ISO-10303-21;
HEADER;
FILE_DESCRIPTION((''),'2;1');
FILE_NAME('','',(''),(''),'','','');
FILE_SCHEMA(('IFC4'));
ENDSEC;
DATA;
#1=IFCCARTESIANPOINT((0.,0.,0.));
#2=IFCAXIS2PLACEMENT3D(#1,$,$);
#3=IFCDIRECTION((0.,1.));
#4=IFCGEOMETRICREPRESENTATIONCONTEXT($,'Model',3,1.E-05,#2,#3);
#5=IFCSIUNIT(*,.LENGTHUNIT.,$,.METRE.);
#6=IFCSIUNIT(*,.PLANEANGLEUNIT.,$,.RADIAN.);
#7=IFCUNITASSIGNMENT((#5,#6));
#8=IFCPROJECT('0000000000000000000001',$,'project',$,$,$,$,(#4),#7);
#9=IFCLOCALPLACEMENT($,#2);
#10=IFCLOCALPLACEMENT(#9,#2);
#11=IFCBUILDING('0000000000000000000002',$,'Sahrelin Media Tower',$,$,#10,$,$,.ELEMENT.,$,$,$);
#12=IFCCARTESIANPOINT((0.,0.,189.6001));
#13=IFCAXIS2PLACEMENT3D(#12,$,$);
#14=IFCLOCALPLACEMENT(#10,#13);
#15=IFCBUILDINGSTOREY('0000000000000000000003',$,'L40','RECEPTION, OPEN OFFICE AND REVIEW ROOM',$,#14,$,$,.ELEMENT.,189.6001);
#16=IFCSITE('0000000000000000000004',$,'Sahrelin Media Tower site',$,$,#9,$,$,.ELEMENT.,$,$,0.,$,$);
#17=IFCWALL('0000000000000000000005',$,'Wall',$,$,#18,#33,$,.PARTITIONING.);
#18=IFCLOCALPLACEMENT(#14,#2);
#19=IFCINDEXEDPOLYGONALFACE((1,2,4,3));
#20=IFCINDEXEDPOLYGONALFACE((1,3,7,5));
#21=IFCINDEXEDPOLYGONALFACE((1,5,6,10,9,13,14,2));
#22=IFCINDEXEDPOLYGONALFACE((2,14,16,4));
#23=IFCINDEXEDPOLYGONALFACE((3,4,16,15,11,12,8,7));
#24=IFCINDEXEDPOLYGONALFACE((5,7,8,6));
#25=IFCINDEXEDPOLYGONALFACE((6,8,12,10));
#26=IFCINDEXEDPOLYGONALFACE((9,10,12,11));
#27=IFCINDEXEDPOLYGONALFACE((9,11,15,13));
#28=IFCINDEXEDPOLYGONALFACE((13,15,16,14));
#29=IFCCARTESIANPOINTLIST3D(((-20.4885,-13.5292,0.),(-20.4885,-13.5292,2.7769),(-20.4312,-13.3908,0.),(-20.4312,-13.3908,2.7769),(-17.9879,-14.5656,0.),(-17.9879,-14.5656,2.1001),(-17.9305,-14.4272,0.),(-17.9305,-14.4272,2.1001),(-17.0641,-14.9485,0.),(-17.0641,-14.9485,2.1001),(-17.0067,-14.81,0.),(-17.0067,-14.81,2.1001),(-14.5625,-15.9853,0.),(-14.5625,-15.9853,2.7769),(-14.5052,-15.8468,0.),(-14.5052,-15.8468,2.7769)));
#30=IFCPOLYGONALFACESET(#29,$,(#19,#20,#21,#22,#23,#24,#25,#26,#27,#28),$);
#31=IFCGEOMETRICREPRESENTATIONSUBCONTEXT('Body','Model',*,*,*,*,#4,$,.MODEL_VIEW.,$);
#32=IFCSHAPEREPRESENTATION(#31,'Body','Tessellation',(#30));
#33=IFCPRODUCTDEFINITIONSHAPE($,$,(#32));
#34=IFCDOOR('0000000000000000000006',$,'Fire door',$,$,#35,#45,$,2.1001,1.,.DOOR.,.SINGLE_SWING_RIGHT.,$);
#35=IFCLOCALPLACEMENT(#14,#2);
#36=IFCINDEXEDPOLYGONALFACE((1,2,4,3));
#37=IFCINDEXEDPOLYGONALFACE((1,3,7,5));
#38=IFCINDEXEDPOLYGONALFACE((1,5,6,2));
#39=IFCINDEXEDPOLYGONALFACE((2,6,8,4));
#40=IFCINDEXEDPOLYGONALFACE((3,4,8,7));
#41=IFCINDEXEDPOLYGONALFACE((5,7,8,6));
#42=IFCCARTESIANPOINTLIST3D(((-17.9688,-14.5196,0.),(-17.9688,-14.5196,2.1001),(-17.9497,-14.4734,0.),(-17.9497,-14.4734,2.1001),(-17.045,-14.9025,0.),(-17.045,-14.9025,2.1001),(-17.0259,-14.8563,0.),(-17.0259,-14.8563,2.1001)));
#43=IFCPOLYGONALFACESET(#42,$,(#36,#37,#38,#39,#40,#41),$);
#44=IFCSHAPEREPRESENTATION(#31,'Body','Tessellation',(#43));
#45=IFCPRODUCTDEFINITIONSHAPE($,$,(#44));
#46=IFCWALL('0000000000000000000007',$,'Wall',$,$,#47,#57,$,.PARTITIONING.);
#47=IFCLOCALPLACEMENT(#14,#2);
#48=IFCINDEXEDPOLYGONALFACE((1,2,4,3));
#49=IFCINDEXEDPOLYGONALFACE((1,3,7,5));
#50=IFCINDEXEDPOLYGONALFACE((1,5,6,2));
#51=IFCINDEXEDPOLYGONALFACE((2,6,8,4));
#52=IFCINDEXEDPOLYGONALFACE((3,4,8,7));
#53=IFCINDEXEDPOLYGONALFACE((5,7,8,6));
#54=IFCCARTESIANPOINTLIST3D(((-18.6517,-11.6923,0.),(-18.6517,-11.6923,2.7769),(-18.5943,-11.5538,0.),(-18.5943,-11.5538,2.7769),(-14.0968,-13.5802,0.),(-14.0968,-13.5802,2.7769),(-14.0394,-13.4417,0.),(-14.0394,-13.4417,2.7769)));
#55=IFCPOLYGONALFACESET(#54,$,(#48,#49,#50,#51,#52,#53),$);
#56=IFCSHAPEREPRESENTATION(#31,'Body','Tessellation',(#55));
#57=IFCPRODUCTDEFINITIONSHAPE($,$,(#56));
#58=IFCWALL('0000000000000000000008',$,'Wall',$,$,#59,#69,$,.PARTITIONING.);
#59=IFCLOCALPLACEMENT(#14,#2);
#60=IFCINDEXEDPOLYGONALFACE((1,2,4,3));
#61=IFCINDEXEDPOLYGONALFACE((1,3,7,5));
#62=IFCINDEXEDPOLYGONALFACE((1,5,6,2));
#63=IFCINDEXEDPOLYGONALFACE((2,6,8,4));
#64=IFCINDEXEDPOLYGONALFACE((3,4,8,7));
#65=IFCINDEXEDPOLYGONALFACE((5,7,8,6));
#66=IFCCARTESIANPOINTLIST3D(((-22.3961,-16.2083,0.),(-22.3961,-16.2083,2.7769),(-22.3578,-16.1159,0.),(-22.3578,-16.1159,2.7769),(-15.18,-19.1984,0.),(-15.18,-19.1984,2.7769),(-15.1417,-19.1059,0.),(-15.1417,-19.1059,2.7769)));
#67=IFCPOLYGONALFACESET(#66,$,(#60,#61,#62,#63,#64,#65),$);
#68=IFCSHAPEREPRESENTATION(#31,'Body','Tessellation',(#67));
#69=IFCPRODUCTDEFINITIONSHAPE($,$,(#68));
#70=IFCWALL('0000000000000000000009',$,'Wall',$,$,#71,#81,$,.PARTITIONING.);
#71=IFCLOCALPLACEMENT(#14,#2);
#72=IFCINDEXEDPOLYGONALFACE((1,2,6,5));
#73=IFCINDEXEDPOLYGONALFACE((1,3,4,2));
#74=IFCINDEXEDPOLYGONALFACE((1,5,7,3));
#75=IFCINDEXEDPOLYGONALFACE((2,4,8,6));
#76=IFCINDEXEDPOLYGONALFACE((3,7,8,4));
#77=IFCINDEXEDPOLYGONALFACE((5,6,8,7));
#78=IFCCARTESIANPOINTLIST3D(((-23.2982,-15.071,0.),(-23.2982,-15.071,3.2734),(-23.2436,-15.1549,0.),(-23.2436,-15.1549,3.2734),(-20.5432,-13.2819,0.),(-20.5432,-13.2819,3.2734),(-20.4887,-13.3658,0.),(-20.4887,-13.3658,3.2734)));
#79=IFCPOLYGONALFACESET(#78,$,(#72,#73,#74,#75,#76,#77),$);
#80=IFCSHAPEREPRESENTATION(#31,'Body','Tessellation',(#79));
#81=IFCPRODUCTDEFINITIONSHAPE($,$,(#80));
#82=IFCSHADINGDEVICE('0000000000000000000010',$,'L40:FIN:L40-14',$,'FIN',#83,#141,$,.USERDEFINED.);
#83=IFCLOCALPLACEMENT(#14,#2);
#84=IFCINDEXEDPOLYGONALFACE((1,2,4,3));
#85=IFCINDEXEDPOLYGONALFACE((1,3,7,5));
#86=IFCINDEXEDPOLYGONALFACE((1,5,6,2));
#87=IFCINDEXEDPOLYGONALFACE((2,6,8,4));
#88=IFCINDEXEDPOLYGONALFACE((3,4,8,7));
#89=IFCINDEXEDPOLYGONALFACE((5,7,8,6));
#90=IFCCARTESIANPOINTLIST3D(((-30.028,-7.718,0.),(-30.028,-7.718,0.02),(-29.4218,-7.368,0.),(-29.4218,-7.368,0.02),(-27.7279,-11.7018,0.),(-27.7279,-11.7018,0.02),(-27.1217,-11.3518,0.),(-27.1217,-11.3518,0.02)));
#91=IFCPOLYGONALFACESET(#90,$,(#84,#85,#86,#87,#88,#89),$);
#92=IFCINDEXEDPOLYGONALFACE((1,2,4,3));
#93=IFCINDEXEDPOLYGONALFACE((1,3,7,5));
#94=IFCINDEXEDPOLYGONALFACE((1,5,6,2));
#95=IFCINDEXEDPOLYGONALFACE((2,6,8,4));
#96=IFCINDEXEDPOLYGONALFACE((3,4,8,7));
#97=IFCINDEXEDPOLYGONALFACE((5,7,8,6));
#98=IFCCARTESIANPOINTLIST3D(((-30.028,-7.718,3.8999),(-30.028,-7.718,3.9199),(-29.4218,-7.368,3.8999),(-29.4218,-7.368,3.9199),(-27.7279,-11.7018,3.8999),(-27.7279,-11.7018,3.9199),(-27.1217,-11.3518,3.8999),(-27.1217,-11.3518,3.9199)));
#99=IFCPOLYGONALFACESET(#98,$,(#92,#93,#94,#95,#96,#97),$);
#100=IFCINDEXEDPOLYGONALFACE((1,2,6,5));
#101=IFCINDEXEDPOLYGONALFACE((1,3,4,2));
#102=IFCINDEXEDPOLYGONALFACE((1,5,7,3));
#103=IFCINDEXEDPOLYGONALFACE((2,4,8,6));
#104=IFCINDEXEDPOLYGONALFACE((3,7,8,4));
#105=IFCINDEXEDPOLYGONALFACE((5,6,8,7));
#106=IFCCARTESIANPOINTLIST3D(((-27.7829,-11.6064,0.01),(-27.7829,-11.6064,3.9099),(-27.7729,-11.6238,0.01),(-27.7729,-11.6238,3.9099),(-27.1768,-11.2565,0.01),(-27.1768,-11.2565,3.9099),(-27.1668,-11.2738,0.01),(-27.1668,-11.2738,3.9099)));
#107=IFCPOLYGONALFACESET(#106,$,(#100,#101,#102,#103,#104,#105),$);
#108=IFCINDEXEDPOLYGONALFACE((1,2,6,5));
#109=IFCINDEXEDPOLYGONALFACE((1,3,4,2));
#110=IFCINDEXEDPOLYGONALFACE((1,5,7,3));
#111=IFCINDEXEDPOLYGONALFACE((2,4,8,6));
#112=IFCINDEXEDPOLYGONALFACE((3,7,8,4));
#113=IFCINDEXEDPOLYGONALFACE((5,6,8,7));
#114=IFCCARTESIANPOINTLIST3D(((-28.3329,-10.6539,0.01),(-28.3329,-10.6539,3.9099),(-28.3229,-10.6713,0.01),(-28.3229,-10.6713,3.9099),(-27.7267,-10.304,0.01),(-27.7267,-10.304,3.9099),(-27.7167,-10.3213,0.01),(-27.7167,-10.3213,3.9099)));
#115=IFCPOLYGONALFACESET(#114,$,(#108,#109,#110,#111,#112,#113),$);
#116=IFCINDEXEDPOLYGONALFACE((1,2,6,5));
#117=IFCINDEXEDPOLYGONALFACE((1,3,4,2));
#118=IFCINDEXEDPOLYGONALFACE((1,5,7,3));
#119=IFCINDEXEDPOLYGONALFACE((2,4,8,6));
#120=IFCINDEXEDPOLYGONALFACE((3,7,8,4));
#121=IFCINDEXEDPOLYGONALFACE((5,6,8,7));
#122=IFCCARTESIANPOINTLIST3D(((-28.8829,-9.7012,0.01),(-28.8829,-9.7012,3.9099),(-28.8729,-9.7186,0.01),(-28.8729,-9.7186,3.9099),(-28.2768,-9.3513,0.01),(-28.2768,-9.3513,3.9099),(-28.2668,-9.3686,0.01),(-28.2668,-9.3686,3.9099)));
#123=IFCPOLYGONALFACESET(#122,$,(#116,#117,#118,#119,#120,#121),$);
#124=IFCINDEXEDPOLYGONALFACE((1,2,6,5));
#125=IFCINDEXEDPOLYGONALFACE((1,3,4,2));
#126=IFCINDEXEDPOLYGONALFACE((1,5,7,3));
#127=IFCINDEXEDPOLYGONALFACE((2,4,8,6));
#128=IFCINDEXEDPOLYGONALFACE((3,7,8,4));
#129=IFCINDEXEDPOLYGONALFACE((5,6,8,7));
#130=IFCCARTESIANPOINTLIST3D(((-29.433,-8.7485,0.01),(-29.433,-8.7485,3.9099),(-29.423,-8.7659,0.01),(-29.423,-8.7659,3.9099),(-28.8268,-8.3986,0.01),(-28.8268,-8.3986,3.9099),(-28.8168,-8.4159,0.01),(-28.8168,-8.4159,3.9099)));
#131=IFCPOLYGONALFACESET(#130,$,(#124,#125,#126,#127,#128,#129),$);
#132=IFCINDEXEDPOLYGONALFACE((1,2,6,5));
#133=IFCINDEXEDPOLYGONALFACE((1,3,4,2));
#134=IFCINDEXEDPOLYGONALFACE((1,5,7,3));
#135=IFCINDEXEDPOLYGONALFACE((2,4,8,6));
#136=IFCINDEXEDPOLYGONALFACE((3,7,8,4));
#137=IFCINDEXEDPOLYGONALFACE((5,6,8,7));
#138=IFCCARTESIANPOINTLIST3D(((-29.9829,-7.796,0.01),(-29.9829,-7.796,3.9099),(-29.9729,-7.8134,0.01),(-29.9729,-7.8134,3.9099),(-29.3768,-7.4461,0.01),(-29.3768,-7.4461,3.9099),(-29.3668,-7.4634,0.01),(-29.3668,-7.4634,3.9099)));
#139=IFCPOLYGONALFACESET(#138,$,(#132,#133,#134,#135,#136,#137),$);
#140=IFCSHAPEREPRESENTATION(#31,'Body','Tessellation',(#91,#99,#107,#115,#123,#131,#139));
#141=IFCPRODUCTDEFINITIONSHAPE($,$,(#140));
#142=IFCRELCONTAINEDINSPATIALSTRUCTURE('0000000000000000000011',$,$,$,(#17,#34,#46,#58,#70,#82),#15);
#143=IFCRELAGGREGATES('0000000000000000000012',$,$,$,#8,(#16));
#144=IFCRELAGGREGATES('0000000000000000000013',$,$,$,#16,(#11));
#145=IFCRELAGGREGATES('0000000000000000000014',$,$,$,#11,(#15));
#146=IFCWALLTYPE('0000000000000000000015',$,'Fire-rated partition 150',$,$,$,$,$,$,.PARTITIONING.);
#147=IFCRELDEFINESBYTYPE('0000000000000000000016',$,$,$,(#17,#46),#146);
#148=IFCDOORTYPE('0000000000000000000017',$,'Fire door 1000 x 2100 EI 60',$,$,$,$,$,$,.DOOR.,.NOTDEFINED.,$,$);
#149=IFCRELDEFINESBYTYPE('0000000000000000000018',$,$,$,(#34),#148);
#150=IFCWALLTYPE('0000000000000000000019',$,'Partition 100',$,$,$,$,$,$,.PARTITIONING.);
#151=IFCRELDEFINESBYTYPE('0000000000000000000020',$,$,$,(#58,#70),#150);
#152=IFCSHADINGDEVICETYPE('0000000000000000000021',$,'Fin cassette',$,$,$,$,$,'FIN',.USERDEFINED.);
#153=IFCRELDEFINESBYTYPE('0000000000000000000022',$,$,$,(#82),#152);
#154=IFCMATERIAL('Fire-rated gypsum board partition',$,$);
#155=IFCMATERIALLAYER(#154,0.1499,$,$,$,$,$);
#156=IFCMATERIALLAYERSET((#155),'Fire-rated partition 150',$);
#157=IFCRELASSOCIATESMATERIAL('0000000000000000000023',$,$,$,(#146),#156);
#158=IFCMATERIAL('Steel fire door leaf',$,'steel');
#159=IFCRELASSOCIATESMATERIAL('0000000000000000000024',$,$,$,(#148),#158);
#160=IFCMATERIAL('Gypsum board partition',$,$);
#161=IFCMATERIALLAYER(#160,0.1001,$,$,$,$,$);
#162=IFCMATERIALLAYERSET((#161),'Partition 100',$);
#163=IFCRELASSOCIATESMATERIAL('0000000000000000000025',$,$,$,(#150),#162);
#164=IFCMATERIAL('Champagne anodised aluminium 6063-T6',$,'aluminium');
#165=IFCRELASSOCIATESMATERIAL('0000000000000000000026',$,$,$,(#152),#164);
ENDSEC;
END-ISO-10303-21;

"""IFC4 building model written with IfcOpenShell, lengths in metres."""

from ifc_helpers import new_model, si_unit, direction, frame, frame_2d, origin, origin_2d, place, context, subcontext, project, spatial, rectangle, extrude, material, layer, layer_set, type_object, element, fill, save


model = new_model("IFC4")

# Units and contexts
model_context = context("Model", 3, precision=1e-05, world=origin(), true_north=direction((0.0, 1.0)))
body_context = subcontext(model_context, "Body", "Model", "MODEL_VIEW")
ifc_project = project(units=[si_unit("LENGTHUNIT", "METRE"), si_unit("PLANEANGLEUNIT", "RADIAN")], contexts=[model_context])

# Site, building, storey
site_placement = place(None, origin())
site = spatial("IfcSite", under=ifc_project, at=site_placement, Name="Sahrelin Media Tower site", CompositionType="ELEMENT", RefElevation=0.0)
building_placement = place(site_placement, origin())
building = spatial("IfcBuilding", under=site, at=building_placement, Name="Sahrelin Media Tower", CompositionType="ELEMENT")
storey_placement = place(building_placement, frame((0.0, 0.0, 189.6001)))
storey = spatial("IfcBuildingStorey", under=building, at=storey_placement, Name="L40", Description="RECEPTION, OPEN OFFICE AND REVIEW ROOM", CompositionType="ELEMENT", Elevation=189.6001)

# Shared definitions
ifc_material_1 = material(Name="Champagne anodised aluminium 6063-T6", Category="aluminium")

# Wall, opening, door
ifc_material_2 = material(Name="Fire-rated gypsum board partition")
ifc_layer_1 = layer(ifc_material_2, 0.1499)
ifc_layer_set_1 = layer_set([ifc_layer_1], Name="Fire-rated partition 150")
wall_type_1 = type_object("IfcWallType", Name="Fire-rated partition 150", PredefinedType="PARTITIONING", material=ifc_layer_set_1)
wall_1_placement = place(storey_placement, frame((-20.46, -13.46, 0.0), z_axis=(0.0, 0.0, 1.0), x_axis=(0.923802, -0.382872, 0.0)))
wall_1 = element("IfcWall", 1, at=wall_1_placement, inside=storey, type_object=wall_type_1, Name="Wall", PredefinedType="PARTITIONING", context=body_context, shape_type="SweptSolid", body=[
    extrude(rectangle(XDim=6.4148, YDim=0.1499, at=frame_2d((3.2075, 0.0))), origin(), (0.0, 0.0, 1.0), 2.7769),
])
opening_placement = place(wall_1_placement, frame((2.707, 0.0, 0.0)))
opening = element("IfcOpeningElement", 2, at=opening_placement, cuts=wall_1, PredefinedType="OPENING", context=body_context, shape_type="SweptSolid", body=[
    extrude(rectangle(XDim=1.0, YDim=2.1001, at=frame_2d((0.5, 1.05))), frame((0.0, 0.075, 0.0), z_axis=(0.0, -1.0, 0.0), x_axis=(1.0, 0.0, 0.0)), (0.0, 0.0, 1.0), 0.1499),
])
ifc_material_3 = material(Name="Steel fire door leaf", Category="steel")
door_type = type_object("IfcDoorType", Name="Fire door 1000 x 2100 EI 60", OperationType="NOTDEFINED", PredefinedType="DOOR", material=ifc_material_3)
door_placement = place(opening_placement, origin())
door = element("IfcDoor", 3, at=door_placement, inside=storey, type_object=door_type, Name="Fire door", OperationType="SINGLE_SWING_RIGHT", OverallHeight=2.1001, OverallWidth=1.0, PredefinedType="DOOR", context=body_context, shape_type="SweptSolid", body=[
    extrude(rectangle(XDim=1.0, YDim=2.1001, at=frame_2d((0.5, 1.05))), frame((0.0, 0.0249, 0.0), z_axis=(0.0, -1.0, 0.0), x_axis=(1.0, 0.0, 0.0)), (0.0, 0.0, 1.0), 0.05),
])
fill(opening, door)

# Walls
wall_2_placement = place(storey_placement, frame((-18.623, -11.623, 0.0), z_axis=(0.0, 0.0, 1.0), x_axis=(0.923792, -0.382895, 0.0)))
element("IfcWall", 4, at=wall_2_placement, inside=storey, type_object=wall_type_1, Name="Wall", PredefinedType="PARTITIONING", context=body_context, shape_type="SweptSolid", body=[
    extrude(rectangle(XDim=4.9307, YDim=0.1499, at=frame_2d((2.4653, 0.0))), origin(), (0.0, 0.0, 1.0), 2.7769),
])
ifc_material_4 = material(Name="Gypsum board partition")
ifc_layer_2 = layer(ifc_material_4, 0.1001)
ifc_layer_set_2 = layer_set([ifc_layer_2], Name="Partition 100")
wall_type_2 = type_object("IfcWallType", Name="Partition 100", PredefinedType="PARTITIONING", material=ifc_layer_set_2)
wall_3_placement = place(storey_placement, frame((-22.377, -16.1621, 0.0), z_axis=(0.0, 0.0, 1.0), x_axis=(0.923834, -0.382793, 0.0)))
element("IfcWall", 5, at=wall_3_placement, inside=storey, type_object=wall_type_2, Name="Wall", PredefinedType="PARTITIONING", context=body_context, shape_type="SweptSolid", body=[
    extrude(rectangle(XDim=7.811, YDim=0.1001, at=frame_2d((3.9055, 0.0))), origin(), (0.0, 0.0, 1.0), 2.7769),
])
wall_4_placement = place(storey_placement, frame((-23.271, -15.113, 0.0), z_axis=(0.0, 0.0, 1.0), x_axis=(0.838668, 0.544643, 0.0)))
element("IfcWall", 6, at=wall_4_placement, inside=storey, type_object=wall_type_2, Name="Wall", PredefinedType="PARTITIONING", context=body_context, shape_type="SweptSolid", body=[
    extrude(rectangle(XDim=3.2849, YDim=0.1001, at=frame_2d((1.6426, 0.0))), origin(), (0.0, 0.0, 1.0), 3.2734),
])

# Shading device
shading_device_type_1 = type_object("IfcShadingDeviceType", Name="Fin cassette", ElementType="FIN", PredefinedType="USERDEFINED", material=ifc_material_1)
placement_1 = place(storey_placement, frame((-28.2112, -9.325, 0.0), z_axis=(0.0, 0.0, 1.0), x_axis=(-0.500011, 0.866019, 0.0)))
element("IfcShadingDevice", 7, at=placement_1, inside=storey, type_object=shading_device_type_1, Name="L40:FIN:L40-14", ObjectType="FIN", PredefinedType="USERDEFINED", context=body_context, shape_type="SweptSolid", body=[
    extrude(rectangle(XDim=4.6001, YDim=0.7, at=origin_2d()), frame((0.0, 0.4199, 0.0)), (0.0, 0.0, 1.0), 0.02),
    extrude(rectangle(XDim=4.6001, YDim=0.7, at=origin_2d()), frame((0.0, 0.4199, 3.8999)), (0.0, 0.0, 1.0), 0.02),
    extrude(rectangle(XDim=0.02, YDim=0.7, at=origin_2d()), frame((-2.2, 0.4199, 0.01), z_axis=(0.0, 0.0, 1.0), x_axis=(1.0, 0.0, 0.0)), (0.0, 0.0, 1.0), 3.8999),
    extrude(rectangle(XDim=0.02, YDim=0.7, at=origin_2d()), frame((-1.1001, 0.4199, 0.01), z_axis=(0.0, 0.0, 1.0), x_axis=(1.0, 0.0, 0.0)), (0.0, 0.0, 1.0), 3.8999),
    extrude(rectangle(XDim=0.02, YDim=0.7, at=origin_2d()), frame((0.0, 0.4199, 0.01), z_axis=(0.0, 0.0, 1.0), x_axis=(1.0, 0.0, 0.0)), (0.0, 0.0, 1.0), 3.8999),
    extrude(rectangle(XDim=0.02, YDim=0.7, at=origin_2d()), frame((1.1001, 0.4199, 0.01), z_axis=(0.0, 0.0, 1.0), x_axis=(1.0, 0.0, 0.0)), (0.0, 0.0, 1.0), 3.8999),
    extrude(rectangle(XDim=0.02, YDim=0.7, at=origin_2d()), frame((2.2, 0.4199, 0.01), z_axis=(0.0, 0.0, 1.0), x_axis=(1.0, 0.0, 0.0)), (0.0, 0.0, 1.0), 3.8999),
])

save(model, "model.ifc")
